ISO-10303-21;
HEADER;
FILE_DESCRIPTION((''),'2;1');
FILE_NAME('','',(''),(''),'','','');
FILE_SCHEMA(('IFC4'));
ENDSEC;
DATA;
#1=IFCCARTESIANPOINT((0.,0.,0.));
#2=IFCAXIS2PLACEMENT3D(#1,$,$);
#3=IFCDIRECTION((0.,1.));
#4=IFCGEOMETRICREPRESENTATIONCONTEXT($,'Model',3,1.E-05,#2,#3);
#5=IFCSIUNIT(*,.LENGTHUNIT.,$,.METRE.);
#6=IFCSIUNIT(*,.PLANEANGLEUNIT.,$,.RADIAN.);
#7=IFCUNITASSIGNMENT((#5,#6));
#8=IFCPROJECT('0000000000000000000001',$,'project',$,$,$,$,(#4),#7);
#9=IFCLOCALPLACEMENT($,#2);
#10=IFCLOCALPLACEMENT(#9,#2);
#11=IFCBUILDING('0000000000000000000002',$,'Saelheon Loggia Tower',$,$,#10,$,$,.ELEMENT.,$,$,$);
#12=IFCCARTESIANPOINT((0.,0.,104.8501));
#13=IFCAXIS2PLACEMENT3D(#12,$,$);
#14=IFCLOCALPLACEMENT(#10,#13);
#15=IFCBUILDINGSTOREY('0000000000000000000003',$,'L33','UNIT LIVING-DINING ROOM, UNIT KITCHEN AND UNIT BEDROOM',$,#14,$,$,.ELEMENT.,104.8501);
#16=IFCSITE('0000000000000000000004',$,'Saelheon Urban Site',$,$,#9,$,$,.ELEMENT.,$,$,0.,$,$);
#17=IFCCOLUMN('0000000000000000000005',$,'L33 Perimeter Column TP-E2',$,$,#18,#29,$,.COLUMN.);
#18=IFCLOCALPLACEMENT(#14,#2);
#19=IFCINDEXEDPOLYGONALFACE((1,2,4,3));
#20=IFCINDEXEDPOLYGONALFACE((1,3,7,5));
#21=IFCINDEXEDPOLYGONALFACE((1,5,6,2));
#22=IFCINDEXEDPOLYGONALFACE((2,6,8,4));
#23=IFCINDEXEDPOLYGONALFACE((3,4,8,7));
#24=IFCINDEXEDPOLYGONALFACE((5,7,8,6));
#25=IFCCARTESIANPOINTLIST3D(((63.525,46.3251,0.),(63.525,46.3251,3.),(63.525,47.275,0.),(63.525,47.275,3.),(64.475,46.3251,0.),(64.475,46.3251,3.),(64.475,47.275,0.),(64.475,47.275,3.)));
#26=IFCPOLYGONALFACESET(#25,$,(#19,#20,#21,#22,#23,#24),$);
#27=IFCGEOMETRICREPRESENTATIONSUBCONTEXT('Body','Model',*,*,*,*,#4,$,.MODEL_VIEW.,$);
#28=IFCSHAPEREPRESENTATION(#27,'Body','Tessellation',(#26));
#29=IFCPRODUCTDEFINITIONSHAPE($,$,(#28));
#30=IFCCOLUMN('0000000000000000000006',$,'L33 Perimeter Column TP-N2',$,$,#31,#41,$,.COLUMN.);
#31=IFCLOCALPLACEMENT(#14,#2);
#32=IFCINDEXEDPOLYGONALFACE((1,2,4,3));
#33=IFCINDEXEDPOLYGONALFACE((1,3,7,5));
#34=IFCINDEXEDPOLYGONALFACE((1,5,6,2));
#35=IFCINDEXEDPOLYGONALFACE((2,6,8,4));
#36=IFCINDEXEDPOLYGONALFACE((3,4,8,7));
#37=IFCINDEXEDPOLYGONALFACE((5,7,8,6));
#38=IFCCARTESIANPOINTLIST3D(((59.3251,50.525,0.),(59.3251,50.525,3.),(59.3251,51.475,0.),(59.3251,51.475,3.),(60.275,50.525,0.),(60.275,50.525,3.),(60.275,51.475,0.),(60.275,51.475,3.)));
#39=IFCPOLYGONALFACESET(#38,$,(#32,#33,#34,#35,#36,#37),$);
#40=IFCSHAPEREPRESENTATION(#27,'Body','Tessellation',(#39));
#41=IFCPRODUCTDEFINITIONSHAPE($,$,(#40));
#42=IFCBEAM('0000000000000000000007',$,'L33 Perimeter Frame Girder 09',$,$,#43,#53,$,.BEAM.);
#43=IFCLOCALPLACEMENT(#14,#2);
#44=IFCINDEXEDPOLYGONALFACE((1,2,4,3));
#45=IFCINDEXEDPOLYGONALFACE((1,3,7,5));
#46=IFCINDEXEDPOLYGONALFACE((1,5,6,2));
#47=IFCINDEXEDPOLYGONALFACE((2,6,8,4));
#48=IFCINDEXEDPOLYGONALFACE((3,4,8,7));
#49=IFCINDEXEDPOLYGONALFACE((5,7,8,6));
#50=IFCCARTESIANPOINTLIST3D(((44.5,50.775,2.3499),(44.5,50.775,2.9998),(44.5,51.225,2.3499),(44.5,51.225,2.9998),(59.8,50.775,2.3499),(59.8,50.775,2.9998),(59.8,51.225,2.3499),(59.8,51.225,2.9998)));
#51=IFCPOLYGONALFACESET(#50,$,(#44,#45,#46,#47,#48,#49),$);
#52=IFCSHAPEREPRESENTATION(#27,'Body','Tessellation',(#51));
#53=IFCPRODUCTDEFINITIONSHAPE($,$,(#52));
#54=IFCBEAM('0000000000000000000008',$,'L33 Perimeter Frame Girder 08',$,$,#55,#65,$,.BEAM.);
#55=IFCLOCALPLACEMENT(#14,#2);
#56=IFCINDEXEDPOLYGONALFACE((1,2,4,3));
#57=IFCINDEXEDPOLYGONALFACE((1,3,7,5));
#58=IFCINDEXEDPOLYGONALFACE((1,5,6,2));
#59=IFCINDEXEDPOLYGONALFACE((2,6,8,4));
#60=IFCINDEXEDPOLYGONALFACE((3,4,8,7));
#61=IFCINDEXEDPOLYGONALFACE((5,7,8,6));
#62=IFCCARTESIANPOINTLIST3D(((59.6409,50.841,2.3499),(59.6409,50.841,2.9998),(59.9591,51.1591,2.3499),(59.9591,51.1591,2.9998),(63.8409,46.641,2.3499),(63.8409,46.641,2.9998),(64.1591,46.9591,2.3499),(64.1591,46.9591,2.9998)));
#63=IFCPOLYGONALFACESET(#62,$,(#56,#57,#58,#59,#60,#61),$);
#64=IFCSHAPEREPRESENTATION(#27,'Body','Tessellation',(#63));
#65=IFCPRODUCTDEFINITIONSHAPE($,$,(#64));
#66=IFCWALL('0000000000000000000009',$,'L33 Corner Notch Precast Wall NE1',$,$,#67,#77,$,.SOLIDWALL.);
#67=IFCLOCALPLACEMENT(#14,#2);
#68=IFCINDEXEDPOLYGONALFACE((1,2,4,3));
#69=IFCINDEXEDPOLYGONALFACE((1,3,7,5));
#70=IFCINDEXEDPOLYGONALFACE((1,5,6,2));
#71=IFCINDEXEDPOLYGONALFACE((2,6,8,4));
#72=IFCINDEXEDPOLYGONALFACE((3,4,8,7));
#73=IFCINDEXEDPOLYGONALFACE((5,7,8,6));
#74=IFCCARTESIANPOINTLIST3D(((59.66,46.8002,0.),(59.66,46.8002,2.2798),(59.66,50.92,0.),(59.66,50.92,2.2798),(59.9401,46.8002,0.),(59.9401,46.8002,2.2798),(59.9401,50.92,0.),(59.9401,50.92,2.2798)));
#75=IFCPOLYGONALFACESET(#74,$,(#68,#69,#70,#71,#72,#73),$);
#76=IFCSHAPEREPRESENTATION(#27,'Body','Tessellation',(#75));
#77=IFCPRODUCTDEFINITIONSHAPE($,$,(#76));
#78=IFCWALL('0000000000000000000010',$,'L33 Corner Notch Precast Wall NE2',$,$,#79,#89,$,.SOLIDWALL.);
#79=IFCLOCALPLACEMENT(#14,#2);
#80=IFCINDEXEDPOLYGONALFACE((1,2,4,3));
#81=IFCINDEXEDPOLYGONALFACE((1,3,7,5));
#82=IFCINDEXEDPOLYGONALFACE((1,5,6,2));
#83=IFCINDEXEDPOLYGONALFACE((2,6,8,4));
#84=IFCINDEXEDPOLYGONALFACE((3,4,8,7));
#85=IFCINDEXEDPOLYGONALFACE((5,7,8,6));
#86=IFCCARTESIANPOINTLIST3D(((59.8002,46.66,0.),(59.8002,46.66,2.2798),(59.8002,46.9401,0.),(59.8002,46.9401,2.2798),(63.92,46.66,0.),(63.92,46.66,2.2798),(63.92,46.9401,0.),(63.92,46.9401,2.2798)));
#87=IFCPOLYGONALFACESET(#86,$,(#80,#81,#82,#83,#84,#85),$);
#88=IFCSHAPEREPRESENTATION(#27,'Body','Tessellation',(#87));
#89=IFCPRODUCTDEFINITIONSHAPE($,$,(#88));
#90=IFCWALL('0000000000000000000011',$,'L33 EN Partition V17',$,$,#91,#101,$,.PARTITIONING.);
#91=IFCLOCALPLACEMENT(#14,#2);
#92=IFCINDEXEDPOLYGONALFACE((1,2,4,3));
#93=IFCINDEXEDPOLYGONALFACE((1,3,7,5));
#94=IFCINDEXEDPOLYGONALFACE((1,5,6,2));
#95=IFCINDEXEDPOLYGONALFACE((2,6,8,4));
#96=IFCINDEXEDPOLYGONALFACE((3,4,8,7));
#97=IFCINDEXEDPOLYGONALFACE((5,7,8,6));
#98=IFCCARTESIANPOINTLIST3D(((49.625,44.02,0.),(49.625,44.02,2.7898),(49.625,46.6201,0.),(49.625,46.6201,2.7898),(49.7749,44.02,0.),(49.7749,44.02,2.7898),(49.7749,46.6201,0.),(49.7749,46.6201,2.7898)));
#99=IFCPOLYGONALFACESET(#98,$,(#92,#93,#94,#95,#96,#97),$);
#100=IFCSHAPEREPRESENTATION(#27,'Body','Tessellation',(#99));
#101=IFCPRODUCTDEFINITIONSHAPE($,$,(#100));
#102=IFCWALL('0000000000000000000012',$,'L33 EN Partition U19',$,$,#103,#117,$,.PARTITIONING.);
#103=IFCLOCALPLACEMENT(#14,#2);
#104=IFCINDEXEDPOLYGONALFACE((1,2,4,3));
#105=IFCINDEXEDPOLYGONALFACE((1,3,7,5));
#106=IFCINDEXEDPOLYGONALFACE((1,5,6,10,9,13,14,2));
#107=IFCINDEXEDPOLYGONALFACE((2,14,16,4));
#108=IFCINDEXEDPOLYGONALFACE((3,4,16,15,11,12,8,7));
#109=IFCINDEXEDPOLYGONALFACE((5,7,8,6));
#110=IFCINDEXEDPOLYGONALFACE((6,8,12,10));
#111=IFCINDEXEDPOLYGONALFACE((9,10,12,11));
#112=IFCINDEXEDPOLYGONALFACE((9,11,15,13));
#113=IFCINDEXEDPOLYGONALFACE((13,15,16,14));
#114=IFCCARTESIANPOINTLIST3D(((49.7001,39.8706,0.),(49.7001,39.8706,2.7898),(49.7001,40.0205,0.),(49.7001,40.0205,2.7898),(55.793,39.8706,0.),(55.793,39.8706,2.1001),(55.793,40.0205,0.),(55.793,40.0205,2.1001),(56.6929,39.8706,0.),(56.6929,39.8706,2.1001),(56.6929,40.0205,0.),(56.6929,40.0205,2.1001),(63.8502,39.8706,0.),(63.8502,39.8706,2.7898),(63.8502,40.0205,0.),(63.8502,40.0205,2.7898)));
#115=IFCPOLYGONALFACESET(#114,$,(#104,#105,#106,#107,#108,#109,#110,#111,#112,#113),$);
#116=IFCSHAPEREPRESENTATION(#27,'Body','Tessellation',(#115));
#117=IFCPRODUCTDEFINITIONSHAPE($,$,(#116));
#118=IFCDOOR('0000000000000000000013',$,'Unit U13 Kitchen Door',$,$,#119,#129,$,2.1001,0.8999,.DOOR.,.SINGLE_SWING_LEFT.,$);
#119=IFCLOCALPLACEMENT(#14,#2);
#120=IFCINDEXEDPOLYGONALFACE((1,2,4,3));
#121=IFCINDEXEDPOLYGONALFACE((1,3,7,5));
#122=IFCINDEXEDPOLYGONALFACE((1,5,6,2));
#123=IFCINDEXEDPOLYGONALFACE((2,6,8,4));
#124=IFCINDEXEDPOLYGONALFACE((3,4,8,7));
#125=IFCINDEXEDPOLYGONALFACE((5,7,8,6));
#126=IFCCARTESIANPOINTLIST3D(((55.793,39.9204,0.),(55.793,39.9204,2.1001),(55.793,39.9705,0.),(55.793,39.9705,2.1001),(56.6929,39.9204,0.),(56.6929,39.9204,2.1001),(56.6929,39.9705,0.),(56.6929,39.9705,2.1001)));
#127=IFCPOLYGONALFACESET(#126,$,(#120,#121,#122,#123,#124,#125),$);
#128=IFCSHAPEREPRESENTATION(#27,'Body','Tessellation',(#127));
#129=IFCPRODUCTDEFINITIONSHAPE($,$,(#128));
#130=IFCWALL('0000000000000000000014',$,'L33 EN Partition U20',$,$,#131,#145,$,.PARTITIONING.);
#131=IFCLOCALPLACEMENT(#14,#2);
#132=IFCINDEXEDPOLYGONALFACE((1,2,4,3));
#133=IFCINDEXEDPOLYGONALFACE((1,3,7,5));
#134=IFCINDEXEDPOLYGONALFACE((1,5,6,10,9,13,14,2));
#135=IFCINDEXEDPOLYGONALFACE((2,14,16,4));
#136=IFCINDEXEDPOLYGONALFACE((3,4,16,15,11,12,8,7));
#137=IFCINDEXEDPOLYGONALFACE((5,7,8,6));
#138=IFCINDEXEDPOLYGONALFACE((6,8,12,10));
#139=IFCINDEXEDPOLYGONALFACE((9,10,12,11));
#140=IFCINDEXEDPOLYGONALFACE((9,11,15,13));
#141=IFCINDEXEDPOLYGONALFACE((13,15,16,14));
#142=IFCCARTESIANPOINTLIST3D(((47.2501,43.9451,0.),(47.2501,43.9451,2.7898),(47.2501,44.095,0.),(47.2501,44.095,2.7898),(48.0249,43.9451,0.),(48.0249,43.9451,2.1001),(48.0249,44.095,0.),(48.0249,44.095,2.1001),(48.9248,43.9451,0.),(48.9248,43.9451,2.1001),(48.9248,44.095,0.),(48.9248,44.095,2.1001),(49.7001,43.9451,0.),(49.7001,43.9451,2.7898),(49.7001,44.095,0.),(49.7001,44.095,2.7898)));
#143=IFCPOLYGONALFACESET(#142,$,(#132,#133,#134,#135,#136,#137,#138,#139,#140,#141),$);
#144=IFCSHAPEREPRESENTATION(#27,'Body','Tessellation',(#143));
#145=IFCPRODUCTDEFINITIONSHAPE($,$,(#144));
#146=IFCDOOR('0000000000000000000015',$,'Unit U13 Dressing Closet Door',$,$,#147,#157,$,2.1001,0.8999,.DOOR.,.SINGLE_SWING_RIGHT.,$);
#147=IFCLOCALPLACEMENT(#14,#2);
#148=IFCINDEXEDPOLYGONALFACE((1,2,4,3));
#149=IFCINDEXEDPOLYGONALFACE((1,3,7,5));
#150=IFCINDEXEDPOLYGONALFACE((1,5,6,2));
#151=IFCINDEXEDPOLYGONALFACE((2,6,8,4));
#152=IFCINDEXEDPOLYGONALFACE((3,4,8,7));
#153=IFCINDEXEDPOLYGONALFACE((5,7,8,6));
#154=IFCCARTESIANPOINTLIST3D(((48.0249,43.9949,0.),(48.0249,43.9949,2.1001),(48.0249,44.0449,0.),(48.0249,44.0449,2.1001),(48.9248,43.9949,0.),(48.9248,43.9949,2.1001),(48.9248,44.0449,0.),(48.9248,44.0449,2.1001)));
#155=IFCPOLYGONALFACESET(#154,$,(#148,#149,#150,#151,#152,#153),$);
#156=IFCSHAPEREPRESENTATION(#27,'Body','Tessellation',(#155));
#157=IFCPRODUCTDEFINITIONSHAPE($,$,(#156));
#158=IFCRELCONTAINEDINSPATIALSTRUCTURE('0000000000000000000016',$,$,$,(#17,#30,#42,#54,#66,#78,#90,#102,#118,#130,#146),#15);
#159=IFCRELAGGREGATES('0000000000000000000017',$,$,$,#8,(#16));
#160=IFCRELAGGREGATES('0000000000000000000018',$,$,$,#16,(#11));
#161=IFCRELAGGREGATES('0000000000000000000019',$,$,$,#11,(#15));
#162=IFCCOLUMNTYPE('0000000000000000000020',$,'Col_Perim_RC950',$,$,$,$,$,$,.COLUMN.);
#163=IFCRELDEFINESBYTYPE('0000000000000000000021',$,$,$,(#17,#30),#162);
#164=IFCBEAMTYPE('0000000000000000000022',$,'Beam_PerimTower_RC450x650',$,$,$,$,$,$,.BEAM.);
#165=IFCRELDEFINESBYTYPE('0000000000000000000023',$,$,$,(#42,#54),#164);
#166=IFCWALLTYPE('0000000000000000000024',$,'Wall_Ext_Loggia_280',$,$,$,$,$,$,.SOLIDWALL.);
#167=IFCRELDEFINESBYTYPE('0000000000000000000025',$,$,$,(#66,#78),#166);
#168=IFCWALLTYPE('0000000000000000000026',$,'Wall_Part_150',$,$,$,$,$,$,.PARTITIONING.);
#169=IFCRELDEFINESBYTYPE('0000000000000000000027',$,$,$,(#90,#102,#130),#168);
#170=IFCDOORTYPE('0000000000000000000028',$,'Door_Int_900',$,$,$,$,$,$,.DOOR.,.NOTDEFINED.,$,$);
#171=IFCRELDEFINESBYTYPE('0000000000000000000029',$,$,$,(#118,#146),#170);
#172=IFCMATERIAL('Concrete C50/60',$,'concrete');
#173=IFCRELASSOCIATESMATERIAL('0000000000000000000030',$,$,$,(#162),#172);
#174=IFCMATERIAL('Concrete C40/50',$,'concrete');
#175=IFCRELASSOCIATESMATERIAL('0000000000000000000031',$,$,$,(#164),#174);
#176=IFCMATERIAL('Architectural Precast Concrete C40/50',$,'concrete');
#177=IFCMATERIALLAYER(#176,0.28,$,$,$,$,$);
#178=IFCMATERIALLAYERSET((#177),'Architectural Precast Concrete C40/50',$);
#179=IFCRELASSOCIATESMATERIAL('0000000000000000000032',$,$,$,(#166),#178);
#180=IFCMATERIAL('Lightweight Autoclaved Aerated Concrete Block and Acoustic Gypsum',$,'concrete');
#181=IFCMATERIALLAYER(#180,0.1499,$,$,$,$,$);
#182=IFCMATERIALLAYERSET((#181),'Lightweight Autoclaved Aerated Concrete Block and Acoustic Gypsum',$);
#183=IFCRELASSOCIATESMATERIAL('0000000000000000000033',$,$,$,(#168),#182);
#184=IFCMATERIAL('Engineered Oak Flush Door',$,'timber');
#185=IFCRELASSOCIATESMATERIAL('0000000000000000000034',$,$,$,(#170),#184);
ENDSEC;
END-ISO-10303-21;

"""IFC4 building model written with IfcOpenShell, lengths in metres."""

from ifc_helpers import new_model, si_unit, direction, frame, frame_2d, origin, origin_2d, place, context, subcontext, project, spatial, rectangle, extrude, source, transform, mapped, material, layer, layer_set, material_profile, profile_set, type_object, element, fill, save


model = new_model("IFC4")

# Units and contexts
model_context = context("Model", 3, precision=1e-05, world=origin(), true_north=direction((0.0, 1.0)))
body_context = subcontext(model_context, "Body", "Model", "MODEL_VIEW")
ifc_project = project(units=[si_unit("LENGTHUNIT", "METRE"), si_unit("PLANEANGLEUNIT", "RADIAN")], contexts=[model_context])

# Site, building, storey
site_placement = place(None, origin())
site = spatial("IfcSite", under=ifc_project, at=site_placement, Name="Saelheon Urban Site", CompositionType="ELEMENT", RefElevation=0.0)
building_placement = place(site_placement, origin())
building = spatial("IfcBuilding", under=site, at=building_placement, Name="Saelheon Loggia Tower", CompositionType="ELEMENT")
storey_placement = place(building_placement, frame((0.0, 0.0, 104.8501)))
storey = spatial("IfcBuildingStorey", under=building, at=storey_placement, Name="L33", Description="UNIT LIVING-DINING ROOM, UNIT KITCHEN AND UNIT BEDROOM", CompositionType="ELEMENT", Elevation=104.8501)

# Columns
ifc_material_1 = material(Name="Concrete C50/60", Category="concrete")
ifc_material_profile_1 = material_profile(ifc_material_1, rectangle(XDim=0.95, YDim=0.95, at=origin_2d()), Name="RC-950x950")
ifc_profile_set_1 = profile_set([ifc_material_profile_1], Name="Concrete C50/60")
column_type = type_object("IfcColumnType", Name="Col_Perim_RC950", PredefinedType="COLUMN", material=ifc_profile_set_1)
shared_shape_1 = source(origin(), body_context, "Body", "SweptSolid", [
    extrude(rectangle(XDim=0.95, YDim=0.95, at=origin_2d()), origin(), (0.0, 0.0, 1.0), 3.0),
])
for number, where, z_axis, x_axis, name in (
    (1, (64.0, 46.8, 0.0), (0.0, 0.0, 1.0), (1.0, 0.0, 0.0), "L33 Perimeter Column TP-E2"),
    (2, (59.8, 51.0, 0.0), (0.0, 0.0, 1.0), (1.0, 0.0, 0.0), "L33 Perimeter Column TP-N2"),
):
    element("IfcColumn", number, at=place(storey_placement, frame(where, z_axis=z_axis, x_axis=x_axis)), inside=storey, type_object=column_type, Name=name, PredefinedType="COLUMN", context=body_context, shape_type="MappedRepresentation", body=[
        mapped(shared_shape_1, transform((0.0, 0.0, 0.0), scale=1.0)),
    ])

# Beams
ifc_material_2 = material(Name="Concrete C40/50", Category="concrete")
ifc_material_profile_2 = material_profile(ifc_material_2, rectangle(XDim=0.45, YDim=0.6499, at=origin_2d()), Name="RC-450x650")
ifc_profile_set_2 = profile_set([ifc_material_profile_2], Name="Concrete C40/50")
beam_type = type_object("IfcBeamType", Name="Beam_PerimTower_RC450x650", PredefinedType="BEAM", material=ifc_profile_set_2)
shared_shape_2 = source(origin(), body_context, "Body", "SweptSolid", [
    extrude(rectangle(XDim=0.45, YDim=0.6499, at=origin_2d()), origin(), (0.0, 0.0, 1.0), 15.3),
])
beam_1_placement = place(storey_placement, frame((59.8, 51.0, 2.6748), z_axis=(-1.0, 0.0, 0.0), x_axis=(0.0, -1.0, 0.0)))
element("IfcBeam", 3, at=beam_1_placement, inside=storey, type_object=beam_type, Name="L33 Perimeter Frame Girder 09", PredefinedType="BEAM", context=body_context, shape_type="MappedRepresentation", body=[
    mapped(shared_shape_2, transform((0.0, 0.0, 0.0), scale=1.0)),
])
shared_shape_3 = source(origin(), body_context, "Body", "SweptSolid", [
    extrude(rectangle(XDim=0.45, YDim=0.6499, at=origin_2d()), origin(), (0.0, 0.0, 1.0), 5.9397),
])
beam_2_placement = place(storey_placement, frame((64.0, 46.8, 2.6748), z_axis=(-0.707107, 0.707107, 0.0), x_axis=(-0.707107, -0.707107, 0.0)))
element("IfcBeam", 4, at=beam_2_placement, inside=storey, type_object=beam_type, Name="L33 Perimeter Frame Girder 08", PredefinedType="BEAM", context=body_context, shape_type="MappedRepresentation", body=[
    mapped(shared_shape_3, transform((0.0, 0.0, 0.0), scale=1.0)),
])

# Walls
ifc_material_3 = material(Name="Architectural Precast Concrete C40/50", Category="concrete")
ifc_layer_1 = layer(ifc_material_3, 0.28)
ifc_layer_set_1 = layer_set([ifc_layer_1], Name="Architectural Precast Concrete C40/50")
wall_type_1 = type_object("IfcWallType", Name="Wall_Ext_Loggia_280", PredefinedType="SOLIDWALL", material=ifc_layer_set_1)
for number, where, z_axis, x_axis, name in (
    (5, (59.8, 46.8, 0.0), (0.0, 0.0, 1.0), (0.0, 1.0, 0.0), "L33 Corner Notch Precast Wall NE1"),
    (6, (59.8, 46.8, 0.0), (0.0, 0.0, 1.0), (1.0, 0.0, 0.0), "L33 Corner Notch Precast Wall NE2"),
):
    element("IfcWall", number, at=place(storey_placement, frame(where, z_axis=z_axis, x_axis=x_axis)), inside=storey, type_object=wall_type_1, Name=name, PredefinedType="SOLIDWALL", context=body_context, shape_type="SweptSolid", body=[
        extrude(rectangle(XDim=4.1199, YDim=0.28, at=frame_2d((2.0601, 0.0))), origin(), (0.0, 0.0, 1.0), 2.2798),
    ])
ifc_material_4 = material(Name="Lightweight Autoclaved Aerated Concrete Block and Acoustic Gypsum", Category="concrete")
ifc_layer_2 = layer(ifc_material_4, 0.1499)
ifc_layer_set_2 = layer_set([ifc_layer_2], Name="Lightweight Autoclaved Aerated Concrete Block and Acoustic Gypsum")
wall_type_2 = type_object("IfcWallType", Name="Wall_Part_150", PredefinedType="PARTITIONING", material=ifc_layer_set_2)
wall_1_placement = place(storey_placement, frame((49.7, 44.02, 0.0), z_axis=(0.0, 0.0, 1.0), x_axis=(0.0, 1.0, 0.0)))
element("IfcWall", 7, at=wall_1_placement, inside=storey, type_object=wall_type_2, Name="L33 EN Partition V17", PredefinedType="PARTITIONING", context=body_context, shape_type="SweptSolid", body=[
    extrude(rectangle(XDim=2.6001, YDim=0.1499, at=frame_2d((1.3, 0.0))), origin(), (0.0, 0.0, 1.0), 2.7898),
])

# Walls, openings, doors
wall_2_placement = place(storey_placement, frame((49.7, 39.9456, 0.0), z_axis=(0.0, 0.0, 1.0), x_axis=(1.0, 0.0, 0.0)))
wall_2 = element("IfcWall", 8, at=wall_2_placement, inside=storey, type_object=wall_type_2, Name="L33 EN Partition U19", PredefinedType="PARTITIONING", context=body_context, shape_type="SweptSolid", body=[
    extrude(rectangle(XDim=14.1501, YDim=0.1499, at=frame_2d((7.0752, 0.0))), origin(), (0.0, 0.0, 1.0), 2.7898),
])
opening_1_placement = place(wall_2_placement, frame((6.093, 0.0, 0.0)))
opening_1 = element("IfcOpeningElement", 9, at=opening_1_placement, cuts=wall_2, PredefinedType="OPENING", context=body_context, shape_type="SweptSolid", body=[
    extrude(rectangle(XDim=0.8999, YDim=2.1001, at=frame_2d((0.45, 1.05))), frame((0.0, 0.0869, 0.0), z_axis=(0.0, -1.0, 0.0), x_axis=(1.0, 0.0, 0.0)), (0.0, 0.0, 1.0), 0.1738),
])
ifc_material_5 = material(Name="Engineered Oak Flush Door", Category="timber")
door_type_1 = type_object("IfcDoorType", Name="Door_Int_900", OperationType="NOTDEFINED", PredefinedType="DOOR", material=ifc_material_5)
shared_shape_4 = source(origin(), body_context, "Body", "SweptSolid", [
    extrude(rectangle(XDim=0.8999, YDim=2.1001, at=frame_2d((0.45, 1.05))), frame((0.0, 0.0249, 0.0), z_axis=(0.0, -1.0, 0.0), x_axis=(1.0, 0.0, 0.0)), (0.0, 0.0, 1.0), 0.05),
])
door_1_placement = place(opening_1_placement, origin())
door_1 = element("IfcDoor", 10, at=door_1_placement, inside=storey, type_object=door_type_1, Name="Unit U13 Kitchen Door", OperationType="SINGLE_SWING_LEFT", OverallHeight=2.1001, OverallWidth=0.8999, PredefinedType="DOOR", context=body_context, shape_type="MappedRepresentation", body=[
    mapped(shared_shape_4, transform((0.0, 0.0, 0.0), scale=1.0)),
])
fill(opening_1, door_1)
wall_3_placement = place(storey_placement, frame((47.25, 44.02, 0.0), z_axis=(0.0, 0.0, 1.0), x_axis=(1.0, 0.0, 0.0)))
wall_3 = element("IfcWall", 11, at=wall_3_placement, inside=storey, type_object=wall_type_2, Name="L33 EN Partition U20", PredefinedType="PARTITIONING", context=body_context, shape_type="SweptSolid", body=[
    extrude(rectangle(XDim=2.45, YDim=0.1499, at=frame_2d((1.2251, 0.0))), origin(), (0.0, 0.0, 1.0), 2.7898),
])
opening_2_placement = place(wall_3_placement, frame((0.7749, 0.0, 0.0)))
opening_2 = element("IfcOpeningElement", 12, at=opening_2_placement, cuts=wall_3, PredefinedType="OPENING", context=body_context, shape_type="SweptSolid", body=[
    extrude(rectangle(XDim=0.8999, YDim=2.1001, at=frame_2d((0.45, 1.05))), frame((0.0, 0.0869, 0.0), z_axis=(0.0, -1.0, 0.0), x_axis=(1.0, 0.0, 0.0)), (0.0, 0.0, 1.0), 0.1738),
])
door_2_placement = place(opening_2_placement, origin())
door_2 = element("IfcDoor", 13, at=door_2_placement, inside=storey, type_object=door_type_1, Name="Unit U13 Dressing Closet Door", OperationType="SINGLE_SWING_RIGHT", OverallHeight=2.1001, OverallWidth=0.8999, PredefinedType="DOOR", context=body_context, shape_type="MappedRepresentation", body=[
    mapped(shared_shape_4, transform((0.0, 0.0, 0.0), scale=1.0)),
])
fill(opening_2, door_2)

save(model, "model.ifc")
